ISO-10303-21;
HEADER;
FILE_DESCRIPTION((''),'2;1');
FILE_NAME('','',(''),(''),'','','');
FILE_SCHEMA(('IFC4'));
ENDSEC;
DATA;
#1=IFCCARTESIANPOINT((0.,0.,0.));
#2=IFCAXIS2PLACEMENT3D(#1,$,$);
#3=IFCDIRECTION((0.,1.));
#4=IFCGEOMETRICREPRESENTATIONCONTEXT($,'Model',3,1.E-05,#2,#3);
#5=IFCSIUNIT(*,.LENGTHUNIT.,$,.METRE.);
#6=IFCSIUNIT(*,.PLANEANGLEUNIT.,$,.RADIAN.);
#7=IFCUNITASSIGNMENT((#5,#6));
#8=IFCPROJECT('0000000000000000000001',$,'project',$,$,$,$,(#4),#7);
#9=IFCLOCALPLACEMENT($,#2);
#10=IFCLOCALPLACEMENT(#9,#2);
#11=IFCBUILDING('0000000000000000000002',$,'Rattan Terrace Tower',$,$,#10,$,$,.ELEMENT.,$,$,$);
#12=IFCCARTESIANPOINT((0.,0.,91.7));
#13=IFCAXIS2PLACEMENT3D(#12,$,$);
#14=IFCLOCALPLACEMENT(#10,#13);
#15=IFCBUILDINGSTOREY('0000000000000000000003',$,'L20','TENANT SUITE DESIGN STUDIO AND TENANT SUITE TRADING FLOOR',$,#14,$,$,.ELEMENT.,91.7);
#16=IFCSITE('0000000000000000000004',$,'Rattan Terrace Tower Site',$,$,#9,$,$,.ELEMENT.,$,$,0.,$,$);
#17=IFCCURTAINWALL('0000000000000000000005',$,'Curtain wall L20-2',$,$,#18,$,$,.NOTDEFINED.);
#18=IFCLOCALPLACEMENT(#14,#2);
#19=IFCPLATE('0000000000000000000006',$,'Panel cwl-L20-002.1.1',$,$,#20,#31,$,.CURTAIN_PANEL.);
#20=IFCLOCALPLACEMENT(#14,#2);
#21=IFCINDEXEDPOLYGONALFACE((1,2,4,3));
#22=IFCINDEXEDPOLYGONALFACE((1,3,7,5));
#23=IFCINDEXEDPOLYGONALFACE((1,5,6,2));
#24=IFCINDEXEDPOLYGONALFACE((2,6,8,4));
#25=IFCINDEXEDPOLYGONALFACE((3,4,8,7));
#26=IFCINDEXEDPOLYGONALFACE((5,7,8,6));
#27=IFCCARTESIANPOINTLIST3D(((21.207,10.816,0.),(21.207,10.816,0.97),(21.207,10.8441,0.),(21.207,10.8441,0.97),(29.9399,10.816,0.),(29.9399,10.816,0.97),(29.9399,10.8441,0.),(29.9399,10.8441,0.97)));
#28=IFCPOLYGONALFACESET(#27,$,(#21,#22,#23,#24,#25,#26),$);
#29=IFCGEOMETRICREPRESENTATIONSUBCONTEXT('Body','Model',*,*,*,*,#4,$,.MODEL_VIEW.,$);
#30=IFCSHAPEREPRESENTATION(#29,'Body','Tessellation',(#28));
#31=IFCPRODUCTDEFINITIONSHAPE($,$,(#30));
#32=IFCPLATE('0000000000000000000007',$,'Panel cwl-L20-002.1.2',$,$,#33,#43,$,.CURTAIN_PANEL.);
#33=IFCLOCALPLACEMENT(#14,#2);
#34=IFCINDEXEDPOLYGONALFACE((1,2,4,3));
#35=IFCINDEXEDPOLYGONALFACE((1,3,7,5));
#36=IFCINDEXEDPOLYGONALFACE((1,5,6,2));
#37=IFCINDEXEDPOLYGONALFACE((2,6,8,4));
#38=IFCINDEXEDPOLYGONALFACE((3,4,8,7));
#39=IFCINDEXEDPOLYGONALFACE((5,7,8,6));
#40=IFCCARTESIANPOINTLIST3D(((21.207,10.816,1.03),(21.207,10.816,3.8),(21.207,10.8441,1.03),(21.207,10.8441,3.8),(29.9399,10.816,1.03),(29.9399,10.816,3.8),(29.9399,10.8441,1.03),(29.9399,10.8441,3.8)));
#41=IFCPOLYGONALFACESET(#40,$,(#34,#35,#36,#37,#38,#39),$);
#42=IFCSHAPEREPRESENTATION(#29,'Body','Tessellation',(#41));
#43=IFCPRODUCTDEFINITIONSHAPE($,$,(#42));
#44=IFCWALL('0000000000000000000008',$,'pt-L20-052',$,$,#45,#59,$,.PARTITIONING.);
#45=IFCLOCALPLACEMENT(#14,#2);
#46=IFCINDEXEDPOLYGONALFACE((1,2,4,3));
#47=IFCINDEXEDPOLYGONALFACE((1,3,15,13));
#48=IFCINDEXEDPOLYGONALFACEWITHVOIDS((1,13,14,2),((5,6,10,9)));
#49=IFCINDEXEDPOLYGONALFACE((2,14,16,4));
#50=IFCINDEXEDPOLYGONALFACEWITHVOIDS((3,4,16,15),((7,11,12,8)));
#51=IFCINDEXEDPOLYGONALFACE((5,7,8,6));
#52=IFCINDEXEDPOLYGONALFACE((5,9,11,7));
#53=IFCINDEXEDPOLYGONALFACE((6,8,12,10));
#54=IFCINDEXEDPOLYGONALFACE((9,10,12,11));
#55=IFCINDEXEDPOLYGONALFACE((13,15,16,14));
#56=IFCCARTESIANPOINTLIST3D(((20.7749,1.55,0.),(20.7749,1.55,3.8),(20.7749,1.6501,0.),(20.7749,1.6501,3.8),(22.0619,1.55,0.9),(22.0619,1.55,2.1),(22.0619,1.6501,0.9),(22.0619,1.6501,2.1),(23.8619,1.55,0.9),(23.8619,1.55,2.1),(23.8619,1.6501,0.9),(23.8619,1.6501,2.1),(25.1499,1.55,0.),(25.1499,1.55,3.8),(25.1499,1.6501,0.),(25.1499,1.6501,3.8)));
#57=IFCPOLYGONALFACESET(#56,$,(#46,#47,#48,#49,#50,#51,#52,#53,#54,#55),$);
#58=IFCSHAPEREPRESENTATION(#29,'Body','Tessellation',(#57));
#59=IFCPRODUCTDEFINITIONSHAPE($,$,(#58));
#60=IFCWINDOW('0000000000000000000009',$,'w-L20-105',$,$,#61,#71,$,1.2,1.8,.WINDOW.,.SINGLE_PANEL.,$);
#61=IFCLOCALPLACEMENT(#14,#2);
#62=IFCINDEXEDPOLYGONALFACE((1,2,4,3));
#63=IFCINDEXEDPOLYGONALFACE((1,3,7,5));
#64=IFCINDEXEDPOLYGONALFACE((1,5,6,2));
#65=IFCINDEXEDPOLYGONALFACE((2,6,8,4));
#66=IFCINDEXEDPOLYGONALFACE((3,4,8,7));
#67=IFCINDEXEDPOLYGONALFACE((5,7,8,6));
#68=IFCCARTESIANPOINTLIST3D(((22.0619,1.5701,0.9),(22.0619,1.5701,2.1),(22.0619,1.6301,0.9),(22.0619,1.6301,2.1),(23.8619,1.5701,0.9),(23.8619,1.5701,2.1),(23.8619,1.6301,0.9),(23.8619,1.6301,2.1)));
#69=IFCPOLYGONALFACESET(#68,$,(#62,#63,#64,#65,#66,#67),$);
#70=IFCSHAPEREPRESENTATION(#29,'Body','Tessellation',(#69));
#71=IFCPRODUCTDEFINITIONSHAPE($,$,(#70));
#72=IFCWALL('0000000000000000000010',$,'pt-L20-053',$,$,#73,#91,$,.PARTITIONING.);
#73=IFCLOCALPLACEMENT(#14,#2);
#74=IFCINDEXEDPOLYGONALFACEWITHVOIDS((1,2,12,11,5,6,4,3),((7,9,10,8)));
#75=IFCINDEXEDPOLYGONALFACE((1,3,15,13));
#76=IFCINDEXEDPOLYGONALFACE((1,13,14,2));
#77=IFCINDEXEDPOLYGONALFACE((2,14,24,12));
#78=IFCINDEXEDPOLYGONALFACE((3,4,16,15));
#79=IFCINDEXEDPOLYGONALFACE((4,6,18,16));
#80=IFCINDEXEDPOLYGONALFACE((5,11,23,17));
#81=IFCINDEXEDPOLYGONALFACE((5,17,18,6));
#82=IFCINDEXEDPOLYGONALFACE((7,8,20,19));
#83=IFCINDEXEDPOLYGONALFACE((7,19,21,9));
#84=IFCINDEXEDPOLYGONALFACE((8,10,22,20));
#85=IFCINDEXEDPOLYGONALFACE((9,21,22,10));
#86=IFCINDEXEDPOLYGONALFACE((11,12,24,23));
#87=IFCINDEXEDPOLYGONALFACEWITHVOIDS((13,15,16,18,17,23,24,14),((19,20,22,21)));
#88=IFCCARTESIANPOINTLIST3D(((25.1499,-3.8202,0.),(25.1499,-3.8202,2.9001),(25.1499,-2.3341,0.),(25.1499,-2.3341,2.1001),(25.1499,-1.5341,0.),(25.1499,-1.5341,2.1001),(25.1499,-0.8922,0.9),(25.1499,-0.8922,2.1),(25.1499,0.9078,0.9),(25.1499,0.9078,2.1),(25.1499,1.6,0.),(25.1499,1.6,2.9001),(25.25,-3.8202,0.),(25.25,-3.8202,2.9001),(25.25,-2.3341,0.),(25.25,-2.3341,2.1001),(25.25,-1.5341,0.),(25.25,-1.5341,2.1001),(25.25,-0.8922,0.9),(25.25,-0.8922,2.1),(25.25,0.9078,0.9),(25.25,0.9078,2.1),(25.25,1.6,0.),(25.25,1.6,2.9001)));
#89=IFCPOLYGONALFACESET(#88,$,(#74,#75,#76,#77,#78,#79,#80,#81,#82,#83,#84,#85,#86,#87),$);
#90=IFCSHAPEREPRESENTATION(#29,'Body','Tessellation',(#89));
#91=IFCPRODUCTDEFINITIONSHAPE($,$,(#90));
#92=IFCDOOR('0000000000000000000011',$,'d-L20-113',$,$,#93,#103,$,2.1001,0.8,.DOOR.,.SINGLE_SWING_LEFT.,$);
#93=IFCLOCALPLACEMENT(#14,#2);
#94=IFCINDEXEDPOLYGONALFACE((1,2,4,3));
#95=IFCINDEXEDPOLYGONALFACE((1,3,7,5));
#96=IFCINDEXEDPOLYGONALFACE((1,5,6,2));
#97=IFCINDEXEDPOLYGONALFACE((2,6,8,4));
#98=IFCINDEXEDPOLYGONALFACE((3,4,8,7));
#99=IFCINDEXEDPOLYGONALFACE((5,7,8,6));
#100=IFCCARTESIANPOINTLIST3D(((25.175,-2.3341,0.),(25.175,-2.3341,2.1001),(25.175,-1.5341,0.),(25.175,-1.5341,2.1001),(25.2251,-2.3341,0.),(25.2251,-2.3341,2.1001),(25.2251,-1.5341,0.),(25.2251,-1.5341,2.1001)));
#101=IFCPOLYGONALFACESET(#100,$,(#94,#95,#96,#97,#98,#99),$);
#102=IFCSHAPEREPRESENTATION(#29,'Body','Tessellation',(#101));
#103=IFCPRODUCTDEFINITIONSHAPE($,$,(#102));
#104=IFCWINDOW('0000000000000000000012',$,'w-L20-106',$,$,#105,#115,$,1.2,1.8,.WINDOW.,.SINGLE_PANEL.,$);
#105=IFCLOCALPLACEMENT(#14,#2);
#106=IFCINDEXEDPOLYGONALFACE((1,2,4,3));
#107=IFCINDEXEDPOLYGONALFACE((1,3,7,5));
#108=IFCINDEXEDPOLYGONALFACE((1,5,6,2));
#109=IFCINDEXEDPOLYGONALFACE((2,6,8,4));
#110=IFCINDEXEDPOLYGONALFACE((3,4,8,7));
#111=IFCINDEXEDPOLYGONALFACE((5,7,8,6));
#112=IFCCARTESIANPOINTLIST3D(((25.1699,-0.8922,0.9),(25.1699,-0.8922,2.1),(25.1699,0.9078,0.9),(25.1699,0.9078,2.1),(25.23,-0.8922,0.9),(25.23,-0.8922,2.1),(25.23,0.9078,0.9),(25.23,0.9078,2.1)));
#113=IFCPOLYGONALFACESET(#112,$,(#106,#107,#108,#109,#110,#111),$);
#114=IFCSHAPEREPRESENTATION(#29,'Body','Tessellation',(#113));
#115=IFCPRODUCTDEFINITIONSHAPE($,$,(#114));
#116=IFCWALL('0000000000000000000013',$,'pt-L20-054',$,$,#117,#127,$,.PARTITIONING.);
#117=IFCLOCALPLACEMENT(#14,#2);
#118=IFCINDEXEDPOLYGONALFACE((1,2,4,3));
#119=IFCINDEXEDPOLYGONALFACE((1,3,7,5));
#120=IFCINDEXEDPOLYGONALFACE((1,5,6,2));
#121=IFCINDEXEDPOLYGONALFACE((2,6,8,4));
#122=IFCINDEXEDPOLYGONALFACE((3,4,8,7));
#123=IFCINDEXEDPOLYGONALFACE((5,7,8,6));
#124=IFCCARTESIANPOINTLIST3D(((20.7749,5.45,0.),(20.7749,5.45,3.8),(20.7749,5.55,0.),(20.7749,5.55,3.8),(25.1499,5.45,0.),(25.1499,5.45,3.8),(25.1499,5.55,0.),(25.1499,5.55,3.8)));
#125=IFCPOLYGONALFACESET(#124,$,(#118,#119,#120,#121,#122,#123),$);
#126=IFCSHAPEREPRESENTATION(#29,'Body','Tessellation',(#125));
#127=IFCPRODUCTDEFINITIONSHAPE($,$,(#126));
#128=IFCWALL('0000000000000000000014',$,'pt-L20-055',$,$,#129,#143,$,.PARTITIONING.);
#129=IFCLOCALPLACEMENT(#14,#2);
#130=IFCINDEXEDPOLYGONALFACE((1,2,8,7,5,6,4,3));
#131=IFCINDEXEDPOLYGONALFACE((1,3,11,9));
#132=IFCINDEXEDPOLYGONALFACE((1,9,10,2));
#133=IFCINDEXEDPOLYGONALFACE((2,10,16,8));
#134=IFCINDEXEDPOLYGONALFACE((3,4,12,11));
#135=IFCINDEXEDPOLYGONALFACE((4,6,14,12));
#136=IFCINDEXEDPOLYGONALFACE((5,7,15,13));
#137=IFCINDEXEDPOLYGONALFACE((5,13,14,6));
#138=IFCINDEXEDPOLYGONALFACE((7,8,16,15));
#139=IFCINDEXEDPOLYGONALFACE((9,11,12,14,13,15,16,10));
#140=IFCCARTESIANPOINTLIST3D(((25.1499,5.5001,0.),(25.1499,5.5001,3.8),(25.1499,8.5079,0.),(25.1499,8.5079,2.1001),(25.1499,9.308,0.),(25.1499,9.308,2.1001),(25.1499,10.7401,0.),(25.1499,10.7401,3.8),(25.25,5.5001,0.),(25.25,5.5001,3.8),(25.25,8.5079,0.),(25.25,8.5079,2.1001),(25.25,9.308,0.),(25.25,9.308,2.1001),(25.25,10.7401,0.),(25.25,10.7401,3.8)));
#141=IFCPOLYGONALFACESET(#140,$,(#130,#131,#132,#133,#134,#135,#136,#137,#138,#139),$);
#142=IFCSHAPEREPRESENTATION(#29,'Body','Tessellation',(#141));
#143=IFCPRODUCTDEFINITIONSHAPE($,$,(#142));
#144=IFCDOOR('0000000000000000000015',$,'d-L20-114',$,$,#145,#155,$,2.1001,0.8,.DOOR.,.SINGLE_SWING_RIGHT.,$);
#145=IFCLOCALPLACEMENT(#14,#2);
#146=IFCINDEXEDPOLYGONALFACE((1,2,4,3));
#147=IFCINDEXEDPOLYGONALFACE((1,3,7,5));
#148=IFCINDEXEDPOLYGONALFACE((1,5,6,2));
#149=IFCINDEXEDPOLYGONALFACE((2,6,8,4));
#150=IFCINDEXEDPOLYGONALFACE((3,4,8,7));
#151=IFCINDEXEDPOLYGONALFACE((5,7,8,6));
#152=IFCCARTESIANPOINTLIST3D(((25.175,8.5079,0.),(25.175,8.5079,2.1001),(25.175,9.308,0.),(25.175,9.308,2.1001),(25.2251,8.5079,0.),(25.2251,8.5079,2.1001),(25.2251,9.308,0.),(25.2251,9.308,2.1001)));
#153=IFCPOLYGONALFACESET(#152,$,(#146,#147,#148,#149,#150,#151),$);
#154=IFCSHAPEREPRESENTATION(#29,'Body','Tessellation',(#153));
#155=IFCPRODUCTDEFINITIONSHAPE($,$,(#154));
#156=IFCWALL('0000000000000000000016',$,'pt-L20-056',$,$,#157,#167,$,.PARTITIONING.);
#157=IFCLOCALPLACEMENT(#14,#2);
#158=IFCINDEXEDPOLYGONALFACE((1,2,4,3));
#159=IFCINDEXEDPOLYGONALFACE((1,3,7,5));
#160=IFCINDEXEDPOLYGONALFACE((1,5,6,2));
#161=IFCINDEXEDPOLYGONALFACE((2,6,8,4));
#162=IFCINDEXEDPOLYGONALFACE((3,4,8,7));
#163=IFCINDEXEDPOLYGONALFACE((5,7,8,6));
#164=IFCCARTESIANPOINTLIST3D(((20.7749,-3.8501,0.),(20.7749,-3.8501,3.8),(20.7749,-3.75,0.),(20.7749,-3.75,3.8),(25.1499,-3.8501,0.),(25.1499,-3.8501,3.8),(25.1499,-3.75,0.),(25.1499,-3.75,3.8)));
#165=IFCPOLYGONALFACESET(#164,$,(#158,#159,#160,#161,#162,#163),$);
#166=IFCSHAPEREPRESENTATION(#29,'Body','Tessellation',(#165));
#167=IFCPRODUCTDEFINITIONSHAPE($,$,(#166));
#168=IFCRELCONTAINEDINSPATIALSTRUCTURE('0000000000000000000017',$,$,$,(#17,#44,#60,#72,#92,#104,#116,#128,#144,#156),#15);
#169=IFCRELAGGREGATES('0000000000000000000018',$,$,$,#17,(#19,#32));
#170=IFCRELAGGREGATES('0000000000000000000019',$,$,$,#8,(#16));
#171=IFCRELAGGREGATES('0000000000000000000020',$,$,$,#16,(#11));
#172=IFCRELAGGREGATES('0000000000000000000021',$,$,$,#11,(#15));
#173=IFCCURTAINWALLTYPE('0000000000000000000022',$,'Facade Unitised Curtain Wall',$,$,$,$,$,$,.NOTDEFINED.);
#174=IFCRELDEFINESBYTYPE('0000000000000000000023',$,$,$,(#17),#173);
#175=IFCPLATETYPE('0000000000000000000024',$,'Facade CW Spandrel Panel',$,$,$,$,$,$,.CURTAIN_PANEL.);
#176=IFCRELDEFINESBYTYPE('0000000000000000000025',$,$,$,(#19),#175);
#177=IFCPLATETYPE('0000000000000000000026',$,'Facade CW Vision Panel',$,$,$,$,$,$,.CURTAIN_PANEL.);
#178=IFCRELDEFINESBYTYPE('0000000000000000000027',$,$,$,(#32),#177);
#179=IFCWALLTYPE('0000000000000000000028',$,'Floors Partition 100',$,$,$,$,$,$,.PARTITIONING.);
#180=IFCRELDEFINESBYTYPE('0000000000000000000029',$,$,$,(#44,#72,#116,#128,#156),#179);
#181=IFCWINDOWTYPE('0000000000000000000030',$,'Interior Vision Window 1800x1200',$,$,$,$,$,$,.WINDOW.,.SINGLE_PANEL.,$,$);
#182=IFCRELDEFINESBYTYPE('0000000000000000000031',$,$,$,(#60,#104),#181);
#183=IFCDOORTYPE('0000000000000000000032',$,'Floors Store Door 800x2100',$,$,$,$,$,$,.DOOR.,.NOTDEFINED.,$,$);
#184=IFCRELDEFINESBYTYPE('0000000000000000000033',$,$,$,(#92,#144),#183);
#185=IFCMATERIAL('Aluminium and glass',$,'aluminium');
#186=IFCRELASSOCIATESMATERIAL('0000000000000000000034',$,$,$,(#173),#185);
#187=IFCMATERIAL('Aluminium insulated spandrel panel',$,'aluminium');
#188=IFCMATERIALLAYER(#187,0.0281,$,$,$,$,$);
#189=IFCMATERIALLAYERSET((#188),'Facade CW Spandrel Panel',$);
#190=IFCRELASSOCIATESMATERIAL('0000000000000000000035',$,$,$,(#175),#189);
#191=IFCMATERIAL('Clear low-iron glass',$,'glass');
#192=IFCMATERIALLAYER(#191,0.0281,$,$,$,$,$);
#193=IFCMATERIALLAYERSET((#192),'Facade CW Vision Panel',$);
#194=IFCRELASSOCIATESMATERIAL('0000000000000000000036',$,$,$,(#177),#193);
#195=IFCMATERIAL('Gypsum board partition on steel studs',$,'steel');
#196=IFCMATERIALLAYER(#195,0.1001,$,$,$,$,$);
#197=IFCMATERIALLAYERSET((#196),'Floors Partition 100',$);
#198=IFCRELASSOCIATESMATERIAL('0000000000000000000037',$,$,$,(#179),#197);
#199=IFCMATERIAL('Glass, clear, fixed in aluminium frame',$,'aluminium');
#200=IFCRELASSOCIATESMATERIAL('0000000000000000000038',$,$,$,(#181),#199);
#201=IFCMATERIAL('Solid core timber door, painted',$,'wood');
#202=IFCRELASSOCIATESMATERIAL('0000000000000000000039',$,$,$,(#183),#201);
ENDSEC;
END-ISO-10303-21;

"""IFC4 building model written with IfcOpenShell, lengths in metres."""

from ifc_helpers import new_model, si_unit, direction, frame, frame_2d, origin, origin_2d, place, context, subcontext, project, spatial, rectangle, extrude, material, layer, layer_set, type_object, element, fill, aggregate, save


model = new_model("IFC4")

# Units and contexts
model_context = context("Model", 3, precision=1e-05, world=origin(), true_north=direction((0.0, 1.0)))
body_context = subcontext(model_context, "Body", "Model", "MODEL_VIEW")
ifc_project = project(units=[si_unit("LENGTHUNIT", "METRE"), si_unit("PLANEANGLEUNIT", "RADIAN")], contexts=[model_context])

# Site, building, storey
site_placement = place(None, origin())
site = spatial("IfcSite", under=ifc_project, at=site_placement, Name="Rattan Terrace Tower Site", CompositionType="ELEMENT", RefElevation=0.0)
building_placement = place(site_placement, origin())
building = spatial("IfcBuilding", under=site, at=building_placement, Name="Rattan Terrace Tower", CompositionType="ELEMENT")
storey_placement = place(building_placement, frame((0.0, 0.0, 91.7)))
storey = spatial("IfcBuildingStorey", under=building, at=storey_placement, Name="L20", Description="TENANT SUITE DESIGN STUDIO AND TENANT SUITE TRADING FLOOR", CompositionType="ELEMENT", Elevation=91.7)

# Curtain wall
ifc_material_1 = material(Name="Aluminium and glass", Category="aluminium")
curtain_wall_type = type_object("IfcCurtainWallType", Name="Facade Unitised Curtain Wall", PredefinedType="NOTDEFINED", material=ifc_material_1)
curtain_wall_placement = place(storey_placement, origin())
curtain_wall = element("IfcCurtainWall", 1, at=curtain_wall_placement, inside=storey, type_object=curtain_wall_type, Name="Curtain wall L20-2", PredefinedType="NOTDEFINED")

# Plates
ifc_material_2 = material(Name="Aluminium insulated spandrel panel", Category="aluminium")
ifc_layer_1 = layer(ifc_material_2, 0.0281)
ifc_layer_set_1 = layer_set([ifc_layer_1], Name="Facade CW Spandrel Panel")
plate_type_1 = type_object("IfcPlateType", Name="Facade CW Spandrel Panel", PredefinedType="CURTAIN_PANEL", material=ifc_layer_set_1)
plate_1_placement = place(storey_placement, frame((25.5735, 10.8301, 0.0), z_axis=(0.0, 0.0, 1.0), x_axis=(-1.0, 0.0, 0.0)))
plate_1 = element("IfcPlate", 2, at=plate_1_placement, type_object=plate_type_1, Name="Panel cwl-L20-002.1.1", PredefinedType="CURTAIN_PANEL", context=body_context, shape_type="SweptSolid", body=[
    extrude(rectangle(XDim=8.7329, YDim=0.0281, at=origin_2d()), origin(), (0.0, 0.0, 1.0), 0.97),
])
ifc_material_3 = material(Name="Clear low-iron glass", Category="glass")
ifc_layer_2 = layer(ifc_material_3, 0.0281)
ifc_layer_set_2 = layer_set([ifc_layer_2], Name="Facade CW Vision Panel")
plate_type_2 = type_object("IfcPlateType", Name="Facade CW Vision Panel", PredefinedType="CURTAIN_PANEL", material=ifc_layer_set_2)
plate_2_placement = place(storey_placement, frame((25.5735, 10.8301, 1.03), z_axis=(0.0, 0.0, 1.0), x_axis=(-1.0, 0.0, 0.0)))
plate_2 = element("IfcPlate", 3, at=plate_2_placement, type_object=plate_type_2, Name="Panel cwl-L20-002.1.2", PredefinedType="CURTAIN_PANEL", context=body_context, shape_type="SweptSolid", body=[
    extrude(rectangle(XDim=8.7329, YDim=0.0281, at=origin_2d()), origin(), (0.0, 0.0, 1.0), 2.77),
])
aggregate(curtain_wall, [plate_1, plate_2])

# Wall, opening, window
ifc_material_4 = material(Name="Gypsum board partition on steel studs", Category="steel")
ifc_layer_3 = layer(ifc_material_4, 0.1001)
ifc_layer_set_3 = layer_set([ifc_layer_3], Name="Floors Partition 100")
wall_type_1 = type_object("IfcWallType", Name="Floors Partition 100", PredefinedType="PARTITIONING", material=ifc_layer_set_3)
wall_1_placement = place(storey_placement, frame((25.1499, 1.6001, 0.0), z_axis=(0.0, 0.0, 1.0), x_axis=(-1.0, 0.0, 0.0)))
wall_1 = element("IfcWall", 4, at=wall_1_placement, inside=storey, type_object=wall_type_1, Name="pt-L20-052", PredefinedType="PARTITIONING", context=body_context, shape_type="SweptSolid", body=[
    extrude(rectangle(XDim=4.375, YDim=0.1001, at=frame_2d((2.1875, 0.0))), origin(), (0.0, 0.0, 1.0), 3.8),
])
opening_1_placement = place(wall_1_placement, frame((1.2881, 0.0, 0.8999)))
opening_1 = element("IfcOpeningElement", 5, at=opening_1_placement, cuts=wall_1, PredefinedType="OPENING", context=body_context, shape_type="SweptSolid", body=[
    extrude(rectangle(XDim=1.8, YDim=1.2, at=frame_2d((0.8999, 0.6001))), frame((0.0, 0.0605, 0.0), z_axis=(0.0, -1.0, 0.0), x_axis=(1.0, 0.0, 0.0)), (0.0, 0.0, 1.0), 0.1211),
])
ifc_material_5 = material(Name="Glass, clear, fixed in aluminium frame", Category="aluminium")
window_type = type_object("IfcWindowType", Name="Interior Vision Window 1800x1200", PartitioningType="SINGLE_PANEL", PredefinedType="WINDOW", material=ifc_material_5)
window_1_placement = place(opening_1_placement, origin())
window_1 = element("IfcWindow", 6, at=window_1_placement, inside=storey, type_object=window_type, Name="w-L20-105", OverallHeight=1.2, OverallWidth=1.8, PartitioningType="SINGLE_PANEL", PredefinedType="WINDOW", context=body_context, shape_type="SweptSolid", body=[
    extrude(rectangle(XDim=1.8, YDim=1.2, at=frame_2d((0.8999, 0.6001))), frame((0.0, 0.03, 0.0), z_axis=(0.0, -1.0, 0.0), x_axis=(1.0, 0.0, 0.0)), (0.0, 0.0, 1.0), 0.0601),
])
fill(opening_1, window_1)

# Wall, openings, door, window
wall_2_placement = place(storey_placement, frame((25.2, -3.8201, 0.0), z_axis=(0.0, 0.0, 1.0), x_axis=(0.0, 1.0, 0.0)))
wall_2 = element("IfcWall", 7, at=wall_2_placement, inside=storey, type_object=wall_type_1, Name="pt-L20-053", PredefinedType="PARTITIONING", context=body_context, shape_type="SweptSolid", body=[
    extrude(rectangle(XDim=5.4202, YDim=0.1001, at=frame_2d((2.71, 0.0))), origin(), (0.0, 0.0, 1.0), 2.9001),
])
opening_2_placement = place(wall_2_placement, frame((1.4861, 0.0, 0.0)))
opening_2 = element("IfcOpeningElement", 8, at=opening_2_placement, cuts=wall_2, PredefinedType="OPENING", context=body_context, shape_type="SweptSolid", body=[
    extrude(rectangle(XDim=0.8, YDim=2.1001, at=frame_2d((0.3999, 1.05))), frame((0.0, 0.0605, 0.0), z_axis=(0.0, -1.0, 0.0), x_axis=(1.0, 0.0, 0.0)), (0.0, 0.0, 1.0), 0.1211),
])
opening_3_placement = place(wall_2_placement, frame((2.928, 0.0, 0.8999)))
opening_3 = element("IfcOpeningElement", 9, at=opening_3_placement, cuts=wall_2, PredefinedType="OPENING", context=body_context, shape_type="SweptSolid", body=[
    extrude(rectangle(XDim=1.8, YDim=1.2, at=frame_2d((0.8999, 0.6001))), frame((0.0, 0.0605, 0.0), z_axis=(0.0, -1.0, 0.0), x_axis=(1.0, 0.0, 0.0)), (0.0, 0.0, 1.0), 0.1211),
])
ifc_material_6 = material(Name="Solid core timber door, painted", Category="wood")
door_type_1 = type_object("IfcDoorType", Name="Floors Store Door 800x2100", OperationType="NOTDEFINED", PredefinedType="DOOR", material=ifc_material_6)
door_1_placement = place(opening_2_placement, origin())
door_1 = element("IfcDoor", 10, at=door_1_placement, inside=storey, type_object=door_type_1, Name="d-L20-113", OperationType="SINGLE_SWING_LEFT", OverallHeight=2.1001, OverallWidth=0.8, PredefinedType="DOOR", context=body_context, shape_type="SweptSolid", body=[
    extrude(rectangle(XDim=0.8, YDim=2.1001, at=frame_2d((0.3999, 1.05))), frame((0.0, 0.0249, 0.0), z_axis=(0.0, -1.0, 0.0), x_axis=(1.0, 0.0, 0.0)), (0.0, 0.0, 1.0), 0.05),
])
fill(opening_2, door_1)
window_2_placement = place(opening_3_placement, origin())
window_2 = element("IfcWindow", 11, at=window_2_placement, inside=storey, type_object=window_type, Name="w-L20-106", OverallHeight=1.2, OverallWidth=1.8, PartitioningType="SINGLE_PANEL", PredefinedType="WINDOW", context=body_context, shape_type="SweptSolid", body=[
    extrude(rectangle(XDim=1.8, YDim=1.2, at=frame_2d((0.8999, 0.6001))), frame((0.0, 0.03, 0.0), z_axis=(0.0, -1.0, 0.0), x_axis=(1.0, 0.0, 0.0)), (0.0, 0.0, 1.0), 0.0601),
])
fill(opening_3, window_2)

# Wall
wall_3_placement = place(storey_placement, frame((20.7749, 5.5, 0.0), z_axis=(0.0, 0.0, 1.0), x_axis=(1.0, 0.0, 0.0)))
element("IfcWall", 12, at=wall_3_placement, inside=storey, type_object=wall_type_1, Name="pt-L20-054", PredefinedType="PARTITIONING", context=body_context, shape_type="SweptSolid", body=[
    extrude(rectangle(XDim=4.375, YDim=0.1001, at=frame_2d((2.1875, 0.0))), origin(), (0.0, 0.0, 1.0), 3.8),
])

# Wall, opening, door
wall_4_placement = place(storey_placement, frame((25.2, 5.5, 0.0), z_axis=(0.0, 0.0, 1.0), x_axis=(0.0, 1.0, 0.0)))
wall_4 = element("IfcWall", 13, at=wall_4_placement, inside=storey, type_object=wall_type_1, Name="pt-L20-055", PredefinedType="PARTITIONING", context=body_context, shape_type="SweptSolid", body=[
    extrude(rectangle(XDim=5.24, YDim=0.1001, at=frame_2d((2.6201, 0.0))), origin(), (0.0, 0.0, 1.0), 3.8),
])
opening_4_placement = place(wall_4_placement, frame((3.0081, 0.0, 0.0)))
opening_4 = element("IfcOpeningElement", 14, at=opening_4_placement, cuts=wall_4, PredefinedType="OPENING", context=body_context, shape_type="SweptSolid", body=[
    extrude(rectangle(XDim=0.8, YDim=2.1001, at=frame_2d((0.3999, 1.05))), frame((0.0, 0.0605, 0.0), z_axis=(0.0, -1.0, 0.0), x_axis=(1.0, 0.0, 0.0)), (0.0, 0.0, 1.0), 0.1211),
])
door_2_placement = place(opening_4_placement, origin())
door_2 = element("IfcDoor", 15, at=door_2_placement, inside=storey, type_object=door_type_1, Name="d-L20-114", OperationType="SINGLE_SWING_RIGHT", OverallHeight=2.1001, OverallWidth=0.8, PredefinedType="DOOR", context=body_context, shape_type="SweptSolid", body=[
    extrude(rectangle(XDim=0.8, YDim=2.1001, at=frame_2d((0.3999, 1.05))), frame((0.0, 0.0249, 0.0), z_axis=(0.0, -1.0, 0.0), x_axis=(1.0, 0.0, 0.0)), (0.0, 0.0, 1.0), 0.05),
])
fill(opening_4, door_2)

# Wall
wall_5_placement = place(storey_placement, frame((20.7749, -3.8, 0.0), z_axis=(0.0, 0.0, 1.0), x_axis=(1.0, 0.0, 0.0)))
element("IfcWall", 16, at=wall_5_placement, inside=storey, type_object=wall_type_1, Name="pt-L20-056", PredefinedType="PARTITIONING", context=body_context, shape_type="SweptSolid", body=[
    extrude(rectangle(XDim=4.375, YDim=0.1001, at=frame_2d((2.1875, 0.0))), origin(), (0.0, 0.0, 1.0), 3.8),
])

save(model, "model.ifc")
